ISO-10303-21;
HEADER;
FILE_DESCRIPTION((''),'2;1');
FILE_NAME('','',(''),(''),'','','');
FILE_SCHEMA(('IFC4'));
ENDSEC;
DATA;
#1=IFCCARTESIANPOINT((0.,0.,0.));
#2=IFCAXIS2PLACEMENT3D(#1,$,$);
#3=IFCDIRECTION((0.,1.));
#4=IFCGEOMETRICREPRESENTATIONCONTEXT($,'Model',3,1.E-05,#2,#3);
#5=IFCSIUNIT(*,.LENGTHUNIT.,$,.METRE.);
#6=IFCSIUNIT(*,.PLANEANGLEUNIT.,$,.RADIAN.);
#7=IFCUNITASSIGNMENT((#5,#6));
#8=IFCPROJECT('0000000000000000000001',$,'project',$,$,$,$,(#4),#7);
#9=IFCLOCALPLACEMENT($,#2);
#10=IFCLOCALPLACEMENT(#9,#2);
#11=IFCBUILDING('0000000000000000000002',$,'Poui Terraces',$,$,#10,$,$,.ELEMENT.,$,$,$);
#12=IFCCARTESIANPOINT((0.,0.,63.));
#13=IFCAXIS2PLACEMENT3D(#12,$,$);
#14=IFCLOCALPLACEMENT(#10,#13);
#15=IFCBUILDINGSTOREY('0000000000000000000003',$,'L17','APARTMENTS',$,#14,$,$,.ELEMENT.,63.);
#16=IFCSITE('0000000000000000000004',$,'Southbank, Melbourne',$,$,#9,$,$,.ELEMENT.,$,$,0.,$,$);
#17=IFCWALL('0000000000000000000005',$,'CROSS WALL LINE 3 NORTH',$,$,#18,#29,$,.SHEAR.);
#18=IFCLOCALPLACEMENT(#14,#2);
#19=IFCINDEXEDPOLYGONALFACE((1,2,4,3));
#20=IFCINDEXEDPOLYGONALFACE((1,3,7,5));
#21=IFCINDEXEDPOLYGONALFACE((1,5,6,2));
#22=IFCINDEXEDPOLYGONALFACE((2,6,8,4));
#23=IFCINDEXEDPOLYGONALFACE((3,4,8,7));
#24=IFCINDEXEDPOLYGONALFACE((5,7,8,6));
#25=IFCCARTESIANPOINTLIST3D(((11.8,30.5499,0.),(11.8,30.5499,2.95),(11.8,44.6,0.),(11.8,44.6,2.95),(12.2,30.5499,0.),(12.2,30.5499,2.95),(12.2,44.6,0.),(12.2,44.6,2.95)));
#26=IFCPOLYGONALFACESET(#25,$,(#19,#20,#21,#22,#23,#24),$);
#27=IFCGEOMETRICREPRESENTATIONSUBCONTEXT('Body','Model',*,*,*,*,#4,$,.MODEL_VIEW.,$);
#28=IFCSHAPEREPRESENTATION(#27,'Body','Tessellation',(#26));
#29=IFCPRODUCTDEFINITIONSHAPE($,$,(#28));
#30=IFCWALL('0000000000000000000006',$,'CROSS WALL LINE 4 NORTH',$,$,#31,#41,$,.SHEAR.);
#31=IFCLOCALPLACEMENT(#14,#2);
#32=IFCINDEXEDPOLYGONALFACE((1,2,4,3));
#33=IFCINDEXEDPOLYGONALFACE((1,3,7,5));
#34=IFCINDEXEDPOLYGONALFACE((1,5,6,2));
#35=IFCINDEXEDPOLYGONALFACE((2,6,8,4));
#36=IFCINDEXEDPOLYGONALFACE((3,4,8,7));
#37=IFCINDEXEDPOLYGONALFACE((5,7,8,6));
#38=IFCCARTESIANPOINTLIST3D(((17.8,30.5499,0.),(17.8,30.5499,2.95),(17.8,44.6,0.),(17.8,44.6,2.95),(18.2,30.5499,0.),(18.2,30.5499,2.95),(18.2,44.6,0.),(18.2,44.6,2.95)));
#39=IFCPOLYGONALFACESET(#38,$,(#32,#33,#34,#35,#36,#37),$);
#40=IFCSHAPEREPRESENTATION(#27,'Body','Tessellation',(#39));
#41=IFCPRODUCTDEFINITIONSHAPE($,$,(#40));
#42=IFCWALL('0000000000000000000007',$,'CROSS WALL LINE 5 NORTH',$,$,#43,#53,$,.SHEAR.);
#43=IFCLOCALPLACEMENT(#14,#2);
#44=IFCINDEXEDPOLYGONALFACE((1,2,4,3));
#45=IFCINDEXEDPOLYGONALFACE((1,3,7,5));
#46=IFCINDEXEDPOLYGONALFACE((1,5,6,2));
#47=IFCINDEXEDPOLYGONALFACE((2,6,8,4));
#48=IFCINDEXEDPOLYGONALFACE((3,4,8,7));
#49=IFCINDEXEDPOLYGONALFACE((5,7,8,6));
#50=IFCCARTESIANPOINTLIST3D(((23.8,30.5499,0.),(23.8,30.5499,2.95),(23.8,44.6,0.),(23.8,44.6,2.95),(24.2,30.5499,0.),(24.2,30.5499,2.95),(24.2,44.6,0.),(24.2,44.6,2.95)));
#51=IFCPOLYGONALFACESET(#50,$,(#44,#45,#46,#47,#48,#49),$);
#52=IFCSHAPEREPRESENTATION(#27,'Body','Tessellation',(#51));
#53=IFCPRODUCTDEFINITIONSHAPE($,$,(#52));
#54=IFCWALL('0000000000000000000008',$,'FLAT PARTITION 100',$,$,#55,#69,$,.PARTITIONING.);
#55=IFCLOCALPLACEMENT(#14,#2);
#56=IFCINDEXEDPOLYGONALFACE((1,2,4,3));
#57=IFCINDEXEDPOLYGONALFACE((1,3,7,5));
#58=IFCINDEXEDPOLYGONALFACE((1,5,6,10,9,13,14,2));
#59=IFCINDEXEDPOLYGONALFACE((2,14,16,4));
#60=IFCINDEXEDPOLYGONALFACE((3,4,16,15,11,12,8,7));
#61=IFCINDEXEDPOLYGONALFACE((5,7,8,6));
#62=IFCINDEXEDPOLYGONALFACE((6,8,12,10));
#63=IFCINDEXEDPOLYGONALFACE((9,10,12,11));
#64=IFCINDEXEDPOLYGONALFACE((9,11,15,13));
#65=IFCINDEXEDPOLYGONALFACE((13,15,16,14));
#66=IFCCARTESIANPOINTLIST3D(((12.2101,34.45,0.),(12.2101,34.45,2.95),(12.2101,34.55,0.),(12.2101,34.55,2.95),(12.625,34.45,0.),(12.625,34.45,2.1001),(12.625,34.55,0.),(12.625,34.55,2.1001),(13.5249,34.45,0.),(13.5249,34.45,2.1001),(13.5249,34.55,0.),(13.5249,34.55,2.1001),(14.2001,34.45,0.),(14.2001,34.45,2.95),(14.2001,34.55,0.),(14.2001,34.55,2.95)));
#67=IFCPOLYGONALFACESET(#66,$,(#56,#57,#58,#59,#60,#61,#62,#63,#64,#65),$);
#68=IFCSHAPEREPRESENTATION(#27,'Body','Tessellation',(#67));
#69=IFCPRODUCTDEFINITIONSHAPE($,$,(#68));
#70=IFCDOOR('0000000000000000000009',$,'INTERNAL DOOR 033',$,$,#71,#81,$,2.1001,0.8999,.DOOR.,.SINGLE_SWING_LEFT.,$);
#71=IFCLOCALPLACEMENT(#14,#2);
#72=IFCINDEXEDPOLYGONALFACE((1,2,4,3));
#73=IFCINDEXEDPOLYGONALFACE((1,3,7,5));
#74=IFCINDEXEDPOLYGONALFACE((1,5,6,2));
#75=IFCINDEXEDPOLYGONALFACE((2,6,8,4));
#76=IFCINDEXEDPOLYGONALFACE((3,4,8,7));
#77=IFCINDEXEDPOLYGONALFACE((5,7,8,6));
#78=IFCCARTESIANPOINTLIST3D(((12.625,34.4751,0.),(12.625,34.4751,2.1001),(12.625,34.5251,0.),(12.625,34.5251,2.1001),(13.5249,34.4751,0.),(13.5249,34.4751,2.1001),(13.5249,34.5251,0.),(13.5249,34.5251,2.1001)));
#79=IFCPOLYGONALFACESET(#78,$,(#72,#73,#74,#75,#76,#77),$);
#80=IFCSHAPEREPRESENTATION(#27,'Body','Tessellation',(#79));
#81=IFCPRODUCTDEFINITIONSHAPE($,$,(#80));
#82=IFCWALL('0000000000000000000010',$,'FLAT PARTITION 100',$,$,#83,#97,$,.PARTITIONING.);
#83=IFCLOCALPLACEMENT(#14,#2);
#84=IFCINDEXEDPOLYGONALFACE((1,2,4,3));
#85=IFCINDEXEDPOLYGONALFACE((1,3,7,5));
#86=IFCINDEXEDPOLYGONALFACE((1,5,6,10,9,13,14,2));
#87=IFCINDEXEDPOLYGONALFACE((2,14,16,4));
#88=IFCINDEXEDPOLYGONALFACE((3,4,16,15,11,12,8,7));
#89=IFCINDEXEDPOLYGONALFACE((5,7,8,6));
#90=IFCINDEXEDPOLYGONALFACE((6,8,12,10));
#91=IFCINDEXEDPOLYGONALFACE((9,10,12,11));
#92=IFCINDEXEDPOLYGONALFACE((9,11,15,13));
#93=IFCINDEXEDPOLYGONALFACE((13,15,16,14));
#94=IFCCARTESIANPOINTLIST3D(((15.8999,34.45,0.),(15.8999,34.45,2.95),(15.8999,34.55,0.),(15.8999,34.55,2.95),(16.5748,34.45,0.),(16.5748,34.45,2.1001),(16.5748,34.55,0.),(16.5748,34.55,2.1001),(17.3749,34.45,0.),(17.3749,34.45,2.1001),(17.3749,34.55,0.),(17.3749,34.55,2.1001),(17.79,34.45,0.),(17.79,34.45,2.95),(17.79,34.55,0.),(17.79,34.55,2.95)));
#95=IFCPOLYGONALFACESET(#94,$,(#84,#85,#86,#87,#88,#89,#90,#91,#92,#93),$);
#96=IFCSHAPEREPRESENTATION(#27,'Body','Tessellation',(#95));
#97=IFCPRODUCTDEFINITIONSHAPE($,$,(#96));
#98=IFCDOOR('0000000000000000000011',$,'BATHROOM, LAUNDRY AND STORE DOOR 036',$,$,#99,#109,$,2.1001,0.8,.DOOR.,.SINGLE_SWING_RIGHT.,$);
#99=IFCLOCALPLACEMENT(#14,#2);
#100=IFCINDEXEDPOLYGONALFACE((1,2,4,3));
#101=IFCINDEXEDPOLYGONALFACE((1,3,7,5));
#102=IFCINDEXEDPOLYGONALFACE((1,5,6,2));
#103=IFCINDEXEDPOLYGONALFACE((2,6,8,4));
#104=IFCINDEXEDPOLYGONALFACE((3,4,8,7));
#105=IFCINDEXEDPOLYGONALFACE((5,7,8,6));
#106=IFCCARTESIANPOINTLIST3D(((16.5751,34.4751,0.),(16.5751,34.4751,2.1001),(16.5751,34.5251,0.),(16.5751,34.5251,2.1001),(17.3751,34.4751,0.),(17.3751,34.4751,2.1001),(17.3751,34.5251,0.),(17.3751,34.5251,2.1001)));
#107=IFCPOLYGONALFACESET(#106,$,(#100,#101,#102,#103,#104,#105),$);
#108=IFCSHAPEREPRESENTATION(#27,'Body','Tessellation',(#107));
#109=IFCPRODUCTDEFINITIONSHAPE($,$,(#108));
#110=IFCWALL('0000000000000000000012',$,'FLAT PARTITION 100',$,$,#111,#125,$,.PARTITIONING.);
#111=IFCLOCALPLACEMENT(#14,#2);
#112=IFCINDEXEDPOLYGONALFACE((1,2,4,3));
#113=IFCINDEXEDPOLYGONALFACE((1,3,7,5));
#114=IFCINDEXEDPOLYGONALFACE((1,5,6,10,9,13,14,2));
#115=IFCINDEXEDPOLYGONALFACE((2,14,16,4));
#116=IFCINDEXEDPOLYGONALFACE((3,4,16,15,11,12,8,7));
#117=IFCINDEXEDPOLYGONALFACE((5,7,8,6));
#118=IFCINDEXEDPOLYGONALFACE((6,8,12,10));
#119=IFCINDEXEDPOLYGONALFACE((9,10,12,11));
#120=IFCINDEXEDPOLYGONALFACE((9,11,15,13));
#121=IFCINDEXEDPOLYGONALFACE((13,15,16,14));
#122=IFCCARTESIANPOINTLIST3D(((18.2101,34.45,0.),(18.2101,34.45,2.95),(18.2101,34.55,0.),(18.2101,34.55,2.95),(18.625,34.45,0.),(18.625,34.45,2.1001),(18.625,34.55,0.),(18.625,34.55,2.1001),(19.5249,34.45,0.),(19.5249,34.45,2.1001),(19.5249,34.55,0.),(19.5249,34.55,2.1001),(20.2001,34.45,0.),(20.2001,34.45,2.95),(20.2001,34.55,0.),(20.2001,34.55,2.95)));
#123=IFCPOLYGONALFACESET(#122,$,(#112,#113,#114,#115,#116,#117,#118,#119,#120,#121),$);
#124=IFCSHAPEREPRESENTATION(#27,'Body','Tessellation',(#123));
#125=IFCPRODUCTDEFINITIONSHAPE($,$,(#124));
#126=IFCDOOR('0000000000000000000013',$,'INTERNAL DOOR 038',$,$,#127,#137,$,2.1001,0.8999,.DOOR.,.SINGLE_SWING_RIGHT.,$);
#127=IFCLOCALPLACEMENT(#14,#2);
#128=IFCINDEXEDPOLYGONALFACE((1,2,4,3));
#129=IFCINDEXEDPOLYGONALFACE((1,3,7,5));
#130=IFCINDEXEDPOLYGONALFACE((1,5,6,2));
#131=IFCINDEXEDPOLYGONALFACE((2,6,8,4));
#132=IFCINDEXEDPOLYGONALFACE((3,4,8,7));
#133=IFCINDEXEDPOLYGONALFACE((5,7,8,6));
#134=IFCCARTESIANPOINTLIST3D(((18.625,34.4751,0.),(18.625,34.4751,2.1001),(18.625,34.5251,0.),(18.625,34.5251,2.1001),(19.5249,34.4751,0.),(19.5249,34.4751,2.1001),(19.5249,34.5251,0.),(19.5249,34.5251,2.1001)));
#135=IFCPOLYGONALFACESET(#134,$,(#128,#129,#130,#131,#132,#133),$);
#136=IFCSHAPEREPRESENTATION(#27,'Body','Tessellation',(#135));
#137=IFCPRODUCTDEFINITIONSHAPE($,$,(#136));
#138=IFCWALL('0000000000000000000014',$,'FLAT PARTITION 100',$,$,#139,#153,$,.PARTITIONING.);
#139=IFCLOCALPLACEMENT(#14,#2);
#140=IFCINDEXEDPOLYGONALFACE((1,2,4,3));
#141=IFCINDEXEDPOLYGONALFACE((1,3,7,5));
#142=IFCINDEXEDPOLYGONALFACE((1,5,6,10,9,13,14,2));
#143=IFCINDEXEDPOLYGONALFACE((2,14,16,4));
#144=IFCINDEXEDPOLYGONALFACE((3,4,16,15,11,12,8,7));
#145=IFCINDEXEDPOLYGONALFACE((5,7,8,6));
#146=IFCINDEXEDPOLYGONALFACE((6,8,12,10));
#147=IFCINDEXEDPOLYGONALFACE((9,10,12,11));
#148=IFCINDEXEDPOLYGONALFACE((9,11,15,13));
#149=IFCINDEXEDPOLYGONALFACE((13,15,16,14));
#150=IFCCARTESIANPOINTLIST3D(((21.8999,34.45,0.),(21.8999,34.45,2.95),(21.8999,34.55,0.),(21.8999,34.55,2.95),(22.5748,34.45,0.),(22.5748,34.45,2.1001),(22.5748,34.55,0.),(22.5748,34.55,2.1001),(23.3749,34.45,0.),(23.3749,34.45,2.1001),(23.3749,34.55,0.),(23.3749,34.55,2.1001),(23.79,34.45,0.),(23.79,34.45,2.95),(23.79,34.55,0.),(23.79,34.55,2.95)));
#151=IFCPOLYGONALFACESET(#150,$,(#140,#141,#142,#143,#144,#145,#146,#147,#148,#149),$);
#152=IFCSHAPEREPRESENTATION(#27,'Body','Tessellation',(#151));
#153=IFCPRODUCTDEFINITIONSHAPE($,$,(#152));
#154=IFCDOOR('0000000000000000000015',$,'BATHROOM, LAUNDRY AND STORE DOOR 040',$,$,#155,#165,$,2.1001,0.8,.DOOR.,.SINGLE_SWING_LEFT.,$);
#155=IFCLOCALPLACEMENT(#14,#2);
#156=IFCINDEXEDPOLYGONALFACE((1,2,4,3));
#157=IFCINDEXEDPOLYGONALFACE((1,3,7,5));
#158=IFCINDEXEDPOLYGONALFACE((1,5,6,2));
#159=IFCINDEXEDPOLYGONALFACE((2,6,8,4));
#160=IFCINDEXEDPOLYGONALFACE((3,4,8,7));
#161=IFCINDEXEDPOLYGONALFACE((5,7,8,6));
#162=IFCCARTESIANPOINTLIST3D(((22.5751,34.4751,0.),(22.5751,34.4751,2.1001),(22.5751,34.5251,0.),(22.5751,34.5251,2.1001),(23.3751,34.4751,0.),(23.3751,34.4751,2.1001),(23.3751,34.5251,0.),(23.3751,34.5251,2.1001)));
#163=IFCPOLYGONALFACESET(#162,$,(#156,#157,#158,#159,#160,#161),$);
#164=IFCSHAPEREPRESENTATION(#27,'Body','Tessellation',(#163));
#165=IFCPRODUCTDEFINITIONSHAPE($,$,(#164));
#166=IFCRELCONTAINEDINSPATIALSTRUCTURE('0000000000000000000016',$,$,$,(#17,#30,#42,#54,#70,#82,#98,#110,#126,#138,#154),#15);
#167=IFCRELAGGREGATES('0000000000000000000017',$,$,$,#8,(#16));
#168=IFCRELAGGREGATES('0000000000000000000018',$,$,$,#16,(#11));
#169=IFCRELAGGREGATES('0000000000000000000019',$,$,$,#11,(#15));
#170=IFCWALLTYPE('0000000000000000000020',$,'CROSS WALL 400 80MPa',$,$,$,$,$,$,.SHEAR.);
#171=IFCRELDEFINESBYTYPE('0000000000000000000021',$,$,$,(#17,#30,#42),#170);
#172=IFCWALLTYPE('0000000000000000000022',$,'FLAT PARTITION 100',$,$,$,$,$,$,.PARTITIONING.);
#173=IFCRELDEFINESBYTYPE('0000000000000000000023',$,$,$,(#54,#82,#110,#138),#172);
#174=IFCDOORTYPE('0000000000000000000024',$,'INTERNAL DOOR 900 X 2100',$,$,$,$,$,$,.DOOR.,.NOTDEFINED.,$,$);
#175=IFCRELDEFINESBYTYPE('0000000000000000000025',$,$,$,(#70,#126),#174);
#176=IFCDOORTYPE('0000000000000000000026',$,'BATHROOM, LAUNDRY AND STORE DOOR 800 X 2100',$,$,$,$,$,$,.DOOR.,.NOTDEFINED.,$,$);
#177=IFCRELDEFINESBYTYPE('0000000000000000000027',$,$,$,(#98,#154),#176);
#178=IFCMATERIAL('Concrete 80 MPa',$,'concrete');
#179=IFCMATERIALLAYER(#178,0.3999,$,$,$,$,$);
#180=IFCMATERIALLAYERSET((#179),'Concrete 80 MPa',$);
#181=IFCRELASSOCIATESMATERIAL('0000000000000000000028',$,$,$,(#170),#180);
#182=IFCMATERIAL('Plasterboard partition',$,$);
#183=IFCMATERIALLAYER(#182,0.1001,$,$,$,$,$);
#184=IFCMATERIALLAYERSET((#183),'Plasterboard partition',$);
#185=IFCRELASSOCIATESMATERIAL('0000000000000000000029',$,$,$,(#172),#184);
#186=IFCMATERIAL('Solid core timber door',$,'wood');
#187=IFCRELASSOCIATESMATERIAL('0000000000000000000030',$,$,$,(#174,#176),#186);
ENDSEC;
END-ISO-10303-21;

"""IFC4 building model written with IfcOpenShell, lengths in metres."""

from ifc_helpers import new_model, si_unit, direction, frame, frame_2d, origin, place, context, subcontext, project, spatial, rectangle, extrude, material, layer, layer_set, type_object, element, fill, save


model = new_model("IFC4")

# Units and contexts
model_context = context("Model", 3, precision=1e-05, world=origin(), true_north=direction((0.0, 1.0)))
body_context = subcontext(model_context, "Body", "Model", "MODEL_VIEW")
ifc_project = project(units=[si_unit("LENGTHUNIT", "METRE"), si_unit("PLANEANGLEUNIT", "RADIAN")], contexts=[model_context])

# Site, building, storey
site_placement = place(None, origin())
site = spatial("IfcSite", under=ifc_project, at=site_placement, Name="Southbank, Melbourne", CompositionType="ELEMENT", RefElevation=0.0)
building_placement = place(site_placement, origin())
building = spatial("IfcBuilding", under=site, at=building_placement, Name="Poui Terraces", CompositionType="ELEMENT")
storey_placement = place(building_placement, frame((0.0, 0.0, 63.0)))
storey = spatial("IfcBuildingStorey", under=building, at=storey_placement, Name="L17", Description="APARTMENTS", CompositionType="ELEMENT", Elevation=63.0)

# Walls
ifc_material_1 = material(Name="Concrete 80 MPa", Category="concrete")
ifc_layer_1 = layer(ifc_material_1, 0.3999)
ifc_layer_set_1 = layer_set([ifc_layer_1], Name="Concrete 80 MPa")
wall_type_1 = type_object("IfcWallType", Name="CROSS WALL 400 80MPa", PredefinedType="SHEAR", material=ifc_layer_set_1)
for number, where, z_axis, x_axis, name in (
    (1, (12.0, 30.55, 0.0), (0.0, 0.0, 1.0), (0.0, 1.0, 0.0), "CROSS WALL LINE 3 NORTH"),
    (2, (18.0, 30.55, 0.0), (0.0, 0.0, 1.0), (0.0, 1.0, 0.0), "CROSS WALL LINE 4 NORTH"),
    (3, (24.0, 30.55, 0.0), (0.0, 0.0, 1.0), (0.0, 1.0, 0.0), "CROSS WALL LINE 5 NORTH"),
):
    element("IfcWall", number, at=place(storey_placement, frame(where, z_axis=z_axis, x_axis=x_axis)), inside=storey, type_object=wall_type_1, Name=name, PredefinedType="SHEAR", context=body_context, shape_type="SweptSolid", body=[
        extrude(rectangle(XDim=14.05, YDim=0.3999, at=frame_2d((7.0249, 0.0))), origin(), (0.0, 0.0, 1.0), 2.95),
    ])

# Walls, openings, doors
ifc_material_2 = material(Name="Plasterboard partition")
ifc_layer_2 = layer(ifc_material_2, 0.1001)
ifc_layer_set_2 = layer_set([ifc_layer_2], Name="Plasterboard partition")
wall_type_2 = type_object("IfcWallType", Name="FLAT PARTITION 100", PredefinedType="PARTITIONING", material=ifc_layer_set_2)
wall_1_placement = place(storey_placement, frame((12.21, 34.5, 0.0), z_axis=(0.0, 0.0, 1.0), x_axis=(1.0, 0.0, 0.0)))
wall_1 = element("IfcWall", 4, at=wall_1_placement, inside=storey, type_object=wall_type_2, Name="FLAT PARTITION 100", PredefinedType="PARTITIONING", context=body_context, shape_type="SweptSolid", body=[
    extrude(rectangle(XDim=1.99, YDim=0.1001, at=frame_2d((0.9951, 0.0))), origin(), (0.0, 0.0, 1.0), 2.95),
])
opening_1_placement = place(wall_1_placement, frame((0.415, 0.0, 0.0)))
opening_1 = element("IfcOpeningElement", 5, at=opening_1_placement, cuts=wall_1, PredefinedType="OPENING", context=body_context, shape_type="SweptSolid", body=[
    extrude(rectangle(XDim=0.8999, YDim=2.1001, at=frame_2d((0.45, 1.05))), frame((0.0, 0.0601, 0.0), z_axis=(0.0, -1.0, 0.0), x_axis=(1.0, 0.0, 0.0)), (0.0, 0.0, 1.0), 0.1201),
])
ifc_material_3 = material(Name="Solid core timber door", Category="wood")
door_type_1 = type_object("IfcDoorType", Name="INTERNAL DOOR 900 X 2100", OperationType="NOTDEFINED", PredefinedType="DOOR", material=ifc_material_3)
door_1_placement = place(opening_1_placement, frame((0.8999, 0.0, 0.0), z_axis=(0.0, 0.0, 1.0), x_axis=(-1.0, 0.0, 0.0)))
door_1 = element("IfcDoor", 6, at=door_1_placement, inside=storey, type_object=door_type_1, Name="INTERNAL DOOR 033", OperationType="SINGLE_SWING_LEFT", OverallHeight=2.1001, OverallWidth=0.8999, PredefinedType="DOOR", context=body_context, shape_type="SweptSolid", body=[
    extrude(rectangle(XDim=0.8999, YDim=2.1001, at=frame_2d((0.45, 1.05))), frame((0.0, 0.0249, 0.0), z_axis=(0.0, -1.0, 0.0), x_axis=(1.0, 0.0, 0.0)), (0.0, 0.0, 1.0), 0.05),
])
fill(opening_1, door_1)
wall_2_placement = place(storey_placement, frame((15.8999, 34.5, 0.0), z_axis=(0.0, 0.0, 1.0), x_axis=(1.0, 0.0, 0.0)))
wall_2 = element("IfcWall", 7, at=wall_2_placement, inside=storey, type_object=wall_type_2, Name="FLAT PARTITION 100", PredefinedType="PARTITIONING", context=body_context, shape_type="SweptSolid", body=[
    extrude(rectangle(XDim=1.8901, YDim=0.1001, at=frame_2d((0.9451, 0.0))), origin(), (0.0, 0.0, 1.0), 2.95),
])
opening_2_placement = place(wall_2_placement, frame((0.675, 0.0, 0.0)))
opening_2 = element("IfcOpeningElement", 8, at=opening_2_placement, cuts=wall_2, PredefinedType="OPENING", context=body_context, shape_type="SweptSolid", body=[
    extrude(rectangle(XDim=0.8, YDim=2.1001, at=frame_2d((0.3999, 1.05))), frame((0.0, 0.0601, 0.0), z_axis=(0.0, -1.0, 0.0), x_axis=(1.0, 0.0, 0.0)), (0.0, 0.0, 1.0), 0.1201),
])
door_type_2 = type_object("IfcDoorType", Name="BATHROOM, LAUNDRY AND STORE DOOR 800 X 2100", OperationType="NOTDEFINED", PredefinedType="DOOR", material=ifc_material_3)
door_2_placement = place(opening_2_placement, frame((0.8, 0.0, 0.0), z_axis=(0.0, 0.0, 1.0), x_axis=(-1.0, 0.0, 0.0)))
door_2 = element("IfcDoor", 9, at=door_2_placement, inside=storey, type_object=door_type_2, Name="BATHROOM, LAUNDRY AND STORE DOOR 036", OperationType="SINGLE_SWING_RIGHT", OverallHeight=2.1001, OverallWidth=0.8, PredefinedType="DOOR", context=body_context, shape_type="SweptSolid", body=[
    extrude(rectangle(XDim=0.8, YDim=2.1001, at=frame_2d((0.3999, 1.05))), frame((0.0, 0.0249, 0.0), z_axis=(0.0, -1.0, 0.0), x_axis=(1.0, 0.0, 0.0)), (0.0, 0.0, 1.0), 0.05),
])
fill(opening_2, door_2)
wall_3_placement = place(storey_placement, frame((18.21, 34.5, 0.0), z_axis=(0.0, 0.0, 1.0), x_axis=(1.0, 0.0, 0.0)))
wall_3 = element("IfcWall", 10, at=wall_3_placement, inside=storey, type_object=wall_type_2, Name="FLAT PARTITION 100", PredefinedType="PARTITIONING", context=body_context, shape_type="SweptSolid", body=[
    extrude(rectangle(XDim=1.99, YDim=0.1001, at=frame_2d((0.9951, 0.0))), origin(), (0.0, 0.0, 1.0), 2.95),
])
opening_3_placement = place(wall_3_placement, frame((0.415, 0.0, 0.0)))
opening_3 = element("IfcOpeningElement", 11, at=opening_3_placement, cuts=wall_3, PredefinedType="OPENING", context=body_context, shape_type="SweptSolid", body=[
    extrude(rectangle(XDim=0.8999, YDim=2.1001, at=frame_2d((0.45, 1.05))), frame((0.0, 0.0601, 0.0), z_axis=(0.0, -1.0, 0.0), x_axis=(1.0, 0.0, 0.0)), (0.0, 0.0, 1.0), 0.1201),
])
door_3_placement = place(opening_3_placement, frame((0.8999, 0.0, 0.0), z_axis=(0.0, 0.0, 1.0), x_axis=(-1.0, 0.0, 0.0)))
door_3 = element("IfcDoor", 12, at=door_3_placement, inside=storey, type_object=door_type_1, Name="INTERNAL DOOR 038", OperationType="SINGLE_SWING_RIGHT", OverallHeight=2.1001, OverallWidth=0.8999, PredefinedType="DOOR", context=body_context, shape_type="SweptSolid", body=[
    extrude(rectangle(XDim=0.8999, YDim=2.1001, at=frame_2d((0.45, 1.05))), frame((0.0, 0.0249, 0.0), z_axis=(0.0, -1.0, 0.0), x_axis=(1.0, 0.0, 0.0)), (0.0, 0.0, 1.0), 0.05),
])
fill(opening_3, door_3)
wall_4_placement = place(storey_placement, frame((21.8999, 34.5, 0.0), z_axis=(0.0, 0.0, 1.0), x_axis=(1.0, 0.0, 0.0)))
wall_4 = element("IfcWall", 13, at=wall_4_placement, inside=storey, type_object=wall_type_2, Name="FLAT PARTITION 100", PredefinedType="PARTITIONING", context=body_context, shape_type="SweptSolid", body=[
    extrude(rectangle(XDim=1.8901, YDim=0.1001, at=frame_2d((0.9451, 0.0))), origin(), (0.0, 0.0, 1.0), 2.95),
])
opening_4_placement = place(wall_4_placement, frame((0.675, 0.0, 0.0)))
opening_4 = element("IfcOpeningElement", 14, at=opening_4_placement, cuts=wall_4, PredefinedType="OPENING", context=body_context, shape_type="SweptSolid", body=[
    extrude(rectangle(XDim=0.8, YDim=2.1001, at=frame_2d((0.3999, 1.05))), frame((0.0, 0.0601, 0.0), z_axis=(0.0, -1.0, 0.0), x_axis=(1.0, 0.0, 0.0)), (0.0, 0.0, 1.0), 0.1201),
])
door_4_placement = place(opening_4_placement, frame((0.8, 0.0, 0.0), z_axis=(0.0, 0.0, 1.0), x_axis=(-1.0, 0.0, 0.0)))
door_4 = element("IfcDoor", 15, at=door_4_placement, inside=storey, type_object=door_type_2, Name="BATHROOM, LAUNDRY AND STORE DOOR 040", OperationType="SINGLE_SWING_LEFT", OverallHeight=2.1001, OverallWidth=0.8, PredefinedType="DOOR", context=body_context, shape_type="SweptSolid", body=[
    extrude(rectangle(XDim=0.8, YDim=2.1001, at=frame_2d((0.3999, 1.05))), frame((0.0, 0.0249, 0.0), z_axis=(0.0, -1.0, 0.0), x_axis=(1.0, 0.0, 0.0)), (0.0, 0.0, 1.0), 0.05),
])
fill(opening_4, door_4)

save(model, "model.ifc")
